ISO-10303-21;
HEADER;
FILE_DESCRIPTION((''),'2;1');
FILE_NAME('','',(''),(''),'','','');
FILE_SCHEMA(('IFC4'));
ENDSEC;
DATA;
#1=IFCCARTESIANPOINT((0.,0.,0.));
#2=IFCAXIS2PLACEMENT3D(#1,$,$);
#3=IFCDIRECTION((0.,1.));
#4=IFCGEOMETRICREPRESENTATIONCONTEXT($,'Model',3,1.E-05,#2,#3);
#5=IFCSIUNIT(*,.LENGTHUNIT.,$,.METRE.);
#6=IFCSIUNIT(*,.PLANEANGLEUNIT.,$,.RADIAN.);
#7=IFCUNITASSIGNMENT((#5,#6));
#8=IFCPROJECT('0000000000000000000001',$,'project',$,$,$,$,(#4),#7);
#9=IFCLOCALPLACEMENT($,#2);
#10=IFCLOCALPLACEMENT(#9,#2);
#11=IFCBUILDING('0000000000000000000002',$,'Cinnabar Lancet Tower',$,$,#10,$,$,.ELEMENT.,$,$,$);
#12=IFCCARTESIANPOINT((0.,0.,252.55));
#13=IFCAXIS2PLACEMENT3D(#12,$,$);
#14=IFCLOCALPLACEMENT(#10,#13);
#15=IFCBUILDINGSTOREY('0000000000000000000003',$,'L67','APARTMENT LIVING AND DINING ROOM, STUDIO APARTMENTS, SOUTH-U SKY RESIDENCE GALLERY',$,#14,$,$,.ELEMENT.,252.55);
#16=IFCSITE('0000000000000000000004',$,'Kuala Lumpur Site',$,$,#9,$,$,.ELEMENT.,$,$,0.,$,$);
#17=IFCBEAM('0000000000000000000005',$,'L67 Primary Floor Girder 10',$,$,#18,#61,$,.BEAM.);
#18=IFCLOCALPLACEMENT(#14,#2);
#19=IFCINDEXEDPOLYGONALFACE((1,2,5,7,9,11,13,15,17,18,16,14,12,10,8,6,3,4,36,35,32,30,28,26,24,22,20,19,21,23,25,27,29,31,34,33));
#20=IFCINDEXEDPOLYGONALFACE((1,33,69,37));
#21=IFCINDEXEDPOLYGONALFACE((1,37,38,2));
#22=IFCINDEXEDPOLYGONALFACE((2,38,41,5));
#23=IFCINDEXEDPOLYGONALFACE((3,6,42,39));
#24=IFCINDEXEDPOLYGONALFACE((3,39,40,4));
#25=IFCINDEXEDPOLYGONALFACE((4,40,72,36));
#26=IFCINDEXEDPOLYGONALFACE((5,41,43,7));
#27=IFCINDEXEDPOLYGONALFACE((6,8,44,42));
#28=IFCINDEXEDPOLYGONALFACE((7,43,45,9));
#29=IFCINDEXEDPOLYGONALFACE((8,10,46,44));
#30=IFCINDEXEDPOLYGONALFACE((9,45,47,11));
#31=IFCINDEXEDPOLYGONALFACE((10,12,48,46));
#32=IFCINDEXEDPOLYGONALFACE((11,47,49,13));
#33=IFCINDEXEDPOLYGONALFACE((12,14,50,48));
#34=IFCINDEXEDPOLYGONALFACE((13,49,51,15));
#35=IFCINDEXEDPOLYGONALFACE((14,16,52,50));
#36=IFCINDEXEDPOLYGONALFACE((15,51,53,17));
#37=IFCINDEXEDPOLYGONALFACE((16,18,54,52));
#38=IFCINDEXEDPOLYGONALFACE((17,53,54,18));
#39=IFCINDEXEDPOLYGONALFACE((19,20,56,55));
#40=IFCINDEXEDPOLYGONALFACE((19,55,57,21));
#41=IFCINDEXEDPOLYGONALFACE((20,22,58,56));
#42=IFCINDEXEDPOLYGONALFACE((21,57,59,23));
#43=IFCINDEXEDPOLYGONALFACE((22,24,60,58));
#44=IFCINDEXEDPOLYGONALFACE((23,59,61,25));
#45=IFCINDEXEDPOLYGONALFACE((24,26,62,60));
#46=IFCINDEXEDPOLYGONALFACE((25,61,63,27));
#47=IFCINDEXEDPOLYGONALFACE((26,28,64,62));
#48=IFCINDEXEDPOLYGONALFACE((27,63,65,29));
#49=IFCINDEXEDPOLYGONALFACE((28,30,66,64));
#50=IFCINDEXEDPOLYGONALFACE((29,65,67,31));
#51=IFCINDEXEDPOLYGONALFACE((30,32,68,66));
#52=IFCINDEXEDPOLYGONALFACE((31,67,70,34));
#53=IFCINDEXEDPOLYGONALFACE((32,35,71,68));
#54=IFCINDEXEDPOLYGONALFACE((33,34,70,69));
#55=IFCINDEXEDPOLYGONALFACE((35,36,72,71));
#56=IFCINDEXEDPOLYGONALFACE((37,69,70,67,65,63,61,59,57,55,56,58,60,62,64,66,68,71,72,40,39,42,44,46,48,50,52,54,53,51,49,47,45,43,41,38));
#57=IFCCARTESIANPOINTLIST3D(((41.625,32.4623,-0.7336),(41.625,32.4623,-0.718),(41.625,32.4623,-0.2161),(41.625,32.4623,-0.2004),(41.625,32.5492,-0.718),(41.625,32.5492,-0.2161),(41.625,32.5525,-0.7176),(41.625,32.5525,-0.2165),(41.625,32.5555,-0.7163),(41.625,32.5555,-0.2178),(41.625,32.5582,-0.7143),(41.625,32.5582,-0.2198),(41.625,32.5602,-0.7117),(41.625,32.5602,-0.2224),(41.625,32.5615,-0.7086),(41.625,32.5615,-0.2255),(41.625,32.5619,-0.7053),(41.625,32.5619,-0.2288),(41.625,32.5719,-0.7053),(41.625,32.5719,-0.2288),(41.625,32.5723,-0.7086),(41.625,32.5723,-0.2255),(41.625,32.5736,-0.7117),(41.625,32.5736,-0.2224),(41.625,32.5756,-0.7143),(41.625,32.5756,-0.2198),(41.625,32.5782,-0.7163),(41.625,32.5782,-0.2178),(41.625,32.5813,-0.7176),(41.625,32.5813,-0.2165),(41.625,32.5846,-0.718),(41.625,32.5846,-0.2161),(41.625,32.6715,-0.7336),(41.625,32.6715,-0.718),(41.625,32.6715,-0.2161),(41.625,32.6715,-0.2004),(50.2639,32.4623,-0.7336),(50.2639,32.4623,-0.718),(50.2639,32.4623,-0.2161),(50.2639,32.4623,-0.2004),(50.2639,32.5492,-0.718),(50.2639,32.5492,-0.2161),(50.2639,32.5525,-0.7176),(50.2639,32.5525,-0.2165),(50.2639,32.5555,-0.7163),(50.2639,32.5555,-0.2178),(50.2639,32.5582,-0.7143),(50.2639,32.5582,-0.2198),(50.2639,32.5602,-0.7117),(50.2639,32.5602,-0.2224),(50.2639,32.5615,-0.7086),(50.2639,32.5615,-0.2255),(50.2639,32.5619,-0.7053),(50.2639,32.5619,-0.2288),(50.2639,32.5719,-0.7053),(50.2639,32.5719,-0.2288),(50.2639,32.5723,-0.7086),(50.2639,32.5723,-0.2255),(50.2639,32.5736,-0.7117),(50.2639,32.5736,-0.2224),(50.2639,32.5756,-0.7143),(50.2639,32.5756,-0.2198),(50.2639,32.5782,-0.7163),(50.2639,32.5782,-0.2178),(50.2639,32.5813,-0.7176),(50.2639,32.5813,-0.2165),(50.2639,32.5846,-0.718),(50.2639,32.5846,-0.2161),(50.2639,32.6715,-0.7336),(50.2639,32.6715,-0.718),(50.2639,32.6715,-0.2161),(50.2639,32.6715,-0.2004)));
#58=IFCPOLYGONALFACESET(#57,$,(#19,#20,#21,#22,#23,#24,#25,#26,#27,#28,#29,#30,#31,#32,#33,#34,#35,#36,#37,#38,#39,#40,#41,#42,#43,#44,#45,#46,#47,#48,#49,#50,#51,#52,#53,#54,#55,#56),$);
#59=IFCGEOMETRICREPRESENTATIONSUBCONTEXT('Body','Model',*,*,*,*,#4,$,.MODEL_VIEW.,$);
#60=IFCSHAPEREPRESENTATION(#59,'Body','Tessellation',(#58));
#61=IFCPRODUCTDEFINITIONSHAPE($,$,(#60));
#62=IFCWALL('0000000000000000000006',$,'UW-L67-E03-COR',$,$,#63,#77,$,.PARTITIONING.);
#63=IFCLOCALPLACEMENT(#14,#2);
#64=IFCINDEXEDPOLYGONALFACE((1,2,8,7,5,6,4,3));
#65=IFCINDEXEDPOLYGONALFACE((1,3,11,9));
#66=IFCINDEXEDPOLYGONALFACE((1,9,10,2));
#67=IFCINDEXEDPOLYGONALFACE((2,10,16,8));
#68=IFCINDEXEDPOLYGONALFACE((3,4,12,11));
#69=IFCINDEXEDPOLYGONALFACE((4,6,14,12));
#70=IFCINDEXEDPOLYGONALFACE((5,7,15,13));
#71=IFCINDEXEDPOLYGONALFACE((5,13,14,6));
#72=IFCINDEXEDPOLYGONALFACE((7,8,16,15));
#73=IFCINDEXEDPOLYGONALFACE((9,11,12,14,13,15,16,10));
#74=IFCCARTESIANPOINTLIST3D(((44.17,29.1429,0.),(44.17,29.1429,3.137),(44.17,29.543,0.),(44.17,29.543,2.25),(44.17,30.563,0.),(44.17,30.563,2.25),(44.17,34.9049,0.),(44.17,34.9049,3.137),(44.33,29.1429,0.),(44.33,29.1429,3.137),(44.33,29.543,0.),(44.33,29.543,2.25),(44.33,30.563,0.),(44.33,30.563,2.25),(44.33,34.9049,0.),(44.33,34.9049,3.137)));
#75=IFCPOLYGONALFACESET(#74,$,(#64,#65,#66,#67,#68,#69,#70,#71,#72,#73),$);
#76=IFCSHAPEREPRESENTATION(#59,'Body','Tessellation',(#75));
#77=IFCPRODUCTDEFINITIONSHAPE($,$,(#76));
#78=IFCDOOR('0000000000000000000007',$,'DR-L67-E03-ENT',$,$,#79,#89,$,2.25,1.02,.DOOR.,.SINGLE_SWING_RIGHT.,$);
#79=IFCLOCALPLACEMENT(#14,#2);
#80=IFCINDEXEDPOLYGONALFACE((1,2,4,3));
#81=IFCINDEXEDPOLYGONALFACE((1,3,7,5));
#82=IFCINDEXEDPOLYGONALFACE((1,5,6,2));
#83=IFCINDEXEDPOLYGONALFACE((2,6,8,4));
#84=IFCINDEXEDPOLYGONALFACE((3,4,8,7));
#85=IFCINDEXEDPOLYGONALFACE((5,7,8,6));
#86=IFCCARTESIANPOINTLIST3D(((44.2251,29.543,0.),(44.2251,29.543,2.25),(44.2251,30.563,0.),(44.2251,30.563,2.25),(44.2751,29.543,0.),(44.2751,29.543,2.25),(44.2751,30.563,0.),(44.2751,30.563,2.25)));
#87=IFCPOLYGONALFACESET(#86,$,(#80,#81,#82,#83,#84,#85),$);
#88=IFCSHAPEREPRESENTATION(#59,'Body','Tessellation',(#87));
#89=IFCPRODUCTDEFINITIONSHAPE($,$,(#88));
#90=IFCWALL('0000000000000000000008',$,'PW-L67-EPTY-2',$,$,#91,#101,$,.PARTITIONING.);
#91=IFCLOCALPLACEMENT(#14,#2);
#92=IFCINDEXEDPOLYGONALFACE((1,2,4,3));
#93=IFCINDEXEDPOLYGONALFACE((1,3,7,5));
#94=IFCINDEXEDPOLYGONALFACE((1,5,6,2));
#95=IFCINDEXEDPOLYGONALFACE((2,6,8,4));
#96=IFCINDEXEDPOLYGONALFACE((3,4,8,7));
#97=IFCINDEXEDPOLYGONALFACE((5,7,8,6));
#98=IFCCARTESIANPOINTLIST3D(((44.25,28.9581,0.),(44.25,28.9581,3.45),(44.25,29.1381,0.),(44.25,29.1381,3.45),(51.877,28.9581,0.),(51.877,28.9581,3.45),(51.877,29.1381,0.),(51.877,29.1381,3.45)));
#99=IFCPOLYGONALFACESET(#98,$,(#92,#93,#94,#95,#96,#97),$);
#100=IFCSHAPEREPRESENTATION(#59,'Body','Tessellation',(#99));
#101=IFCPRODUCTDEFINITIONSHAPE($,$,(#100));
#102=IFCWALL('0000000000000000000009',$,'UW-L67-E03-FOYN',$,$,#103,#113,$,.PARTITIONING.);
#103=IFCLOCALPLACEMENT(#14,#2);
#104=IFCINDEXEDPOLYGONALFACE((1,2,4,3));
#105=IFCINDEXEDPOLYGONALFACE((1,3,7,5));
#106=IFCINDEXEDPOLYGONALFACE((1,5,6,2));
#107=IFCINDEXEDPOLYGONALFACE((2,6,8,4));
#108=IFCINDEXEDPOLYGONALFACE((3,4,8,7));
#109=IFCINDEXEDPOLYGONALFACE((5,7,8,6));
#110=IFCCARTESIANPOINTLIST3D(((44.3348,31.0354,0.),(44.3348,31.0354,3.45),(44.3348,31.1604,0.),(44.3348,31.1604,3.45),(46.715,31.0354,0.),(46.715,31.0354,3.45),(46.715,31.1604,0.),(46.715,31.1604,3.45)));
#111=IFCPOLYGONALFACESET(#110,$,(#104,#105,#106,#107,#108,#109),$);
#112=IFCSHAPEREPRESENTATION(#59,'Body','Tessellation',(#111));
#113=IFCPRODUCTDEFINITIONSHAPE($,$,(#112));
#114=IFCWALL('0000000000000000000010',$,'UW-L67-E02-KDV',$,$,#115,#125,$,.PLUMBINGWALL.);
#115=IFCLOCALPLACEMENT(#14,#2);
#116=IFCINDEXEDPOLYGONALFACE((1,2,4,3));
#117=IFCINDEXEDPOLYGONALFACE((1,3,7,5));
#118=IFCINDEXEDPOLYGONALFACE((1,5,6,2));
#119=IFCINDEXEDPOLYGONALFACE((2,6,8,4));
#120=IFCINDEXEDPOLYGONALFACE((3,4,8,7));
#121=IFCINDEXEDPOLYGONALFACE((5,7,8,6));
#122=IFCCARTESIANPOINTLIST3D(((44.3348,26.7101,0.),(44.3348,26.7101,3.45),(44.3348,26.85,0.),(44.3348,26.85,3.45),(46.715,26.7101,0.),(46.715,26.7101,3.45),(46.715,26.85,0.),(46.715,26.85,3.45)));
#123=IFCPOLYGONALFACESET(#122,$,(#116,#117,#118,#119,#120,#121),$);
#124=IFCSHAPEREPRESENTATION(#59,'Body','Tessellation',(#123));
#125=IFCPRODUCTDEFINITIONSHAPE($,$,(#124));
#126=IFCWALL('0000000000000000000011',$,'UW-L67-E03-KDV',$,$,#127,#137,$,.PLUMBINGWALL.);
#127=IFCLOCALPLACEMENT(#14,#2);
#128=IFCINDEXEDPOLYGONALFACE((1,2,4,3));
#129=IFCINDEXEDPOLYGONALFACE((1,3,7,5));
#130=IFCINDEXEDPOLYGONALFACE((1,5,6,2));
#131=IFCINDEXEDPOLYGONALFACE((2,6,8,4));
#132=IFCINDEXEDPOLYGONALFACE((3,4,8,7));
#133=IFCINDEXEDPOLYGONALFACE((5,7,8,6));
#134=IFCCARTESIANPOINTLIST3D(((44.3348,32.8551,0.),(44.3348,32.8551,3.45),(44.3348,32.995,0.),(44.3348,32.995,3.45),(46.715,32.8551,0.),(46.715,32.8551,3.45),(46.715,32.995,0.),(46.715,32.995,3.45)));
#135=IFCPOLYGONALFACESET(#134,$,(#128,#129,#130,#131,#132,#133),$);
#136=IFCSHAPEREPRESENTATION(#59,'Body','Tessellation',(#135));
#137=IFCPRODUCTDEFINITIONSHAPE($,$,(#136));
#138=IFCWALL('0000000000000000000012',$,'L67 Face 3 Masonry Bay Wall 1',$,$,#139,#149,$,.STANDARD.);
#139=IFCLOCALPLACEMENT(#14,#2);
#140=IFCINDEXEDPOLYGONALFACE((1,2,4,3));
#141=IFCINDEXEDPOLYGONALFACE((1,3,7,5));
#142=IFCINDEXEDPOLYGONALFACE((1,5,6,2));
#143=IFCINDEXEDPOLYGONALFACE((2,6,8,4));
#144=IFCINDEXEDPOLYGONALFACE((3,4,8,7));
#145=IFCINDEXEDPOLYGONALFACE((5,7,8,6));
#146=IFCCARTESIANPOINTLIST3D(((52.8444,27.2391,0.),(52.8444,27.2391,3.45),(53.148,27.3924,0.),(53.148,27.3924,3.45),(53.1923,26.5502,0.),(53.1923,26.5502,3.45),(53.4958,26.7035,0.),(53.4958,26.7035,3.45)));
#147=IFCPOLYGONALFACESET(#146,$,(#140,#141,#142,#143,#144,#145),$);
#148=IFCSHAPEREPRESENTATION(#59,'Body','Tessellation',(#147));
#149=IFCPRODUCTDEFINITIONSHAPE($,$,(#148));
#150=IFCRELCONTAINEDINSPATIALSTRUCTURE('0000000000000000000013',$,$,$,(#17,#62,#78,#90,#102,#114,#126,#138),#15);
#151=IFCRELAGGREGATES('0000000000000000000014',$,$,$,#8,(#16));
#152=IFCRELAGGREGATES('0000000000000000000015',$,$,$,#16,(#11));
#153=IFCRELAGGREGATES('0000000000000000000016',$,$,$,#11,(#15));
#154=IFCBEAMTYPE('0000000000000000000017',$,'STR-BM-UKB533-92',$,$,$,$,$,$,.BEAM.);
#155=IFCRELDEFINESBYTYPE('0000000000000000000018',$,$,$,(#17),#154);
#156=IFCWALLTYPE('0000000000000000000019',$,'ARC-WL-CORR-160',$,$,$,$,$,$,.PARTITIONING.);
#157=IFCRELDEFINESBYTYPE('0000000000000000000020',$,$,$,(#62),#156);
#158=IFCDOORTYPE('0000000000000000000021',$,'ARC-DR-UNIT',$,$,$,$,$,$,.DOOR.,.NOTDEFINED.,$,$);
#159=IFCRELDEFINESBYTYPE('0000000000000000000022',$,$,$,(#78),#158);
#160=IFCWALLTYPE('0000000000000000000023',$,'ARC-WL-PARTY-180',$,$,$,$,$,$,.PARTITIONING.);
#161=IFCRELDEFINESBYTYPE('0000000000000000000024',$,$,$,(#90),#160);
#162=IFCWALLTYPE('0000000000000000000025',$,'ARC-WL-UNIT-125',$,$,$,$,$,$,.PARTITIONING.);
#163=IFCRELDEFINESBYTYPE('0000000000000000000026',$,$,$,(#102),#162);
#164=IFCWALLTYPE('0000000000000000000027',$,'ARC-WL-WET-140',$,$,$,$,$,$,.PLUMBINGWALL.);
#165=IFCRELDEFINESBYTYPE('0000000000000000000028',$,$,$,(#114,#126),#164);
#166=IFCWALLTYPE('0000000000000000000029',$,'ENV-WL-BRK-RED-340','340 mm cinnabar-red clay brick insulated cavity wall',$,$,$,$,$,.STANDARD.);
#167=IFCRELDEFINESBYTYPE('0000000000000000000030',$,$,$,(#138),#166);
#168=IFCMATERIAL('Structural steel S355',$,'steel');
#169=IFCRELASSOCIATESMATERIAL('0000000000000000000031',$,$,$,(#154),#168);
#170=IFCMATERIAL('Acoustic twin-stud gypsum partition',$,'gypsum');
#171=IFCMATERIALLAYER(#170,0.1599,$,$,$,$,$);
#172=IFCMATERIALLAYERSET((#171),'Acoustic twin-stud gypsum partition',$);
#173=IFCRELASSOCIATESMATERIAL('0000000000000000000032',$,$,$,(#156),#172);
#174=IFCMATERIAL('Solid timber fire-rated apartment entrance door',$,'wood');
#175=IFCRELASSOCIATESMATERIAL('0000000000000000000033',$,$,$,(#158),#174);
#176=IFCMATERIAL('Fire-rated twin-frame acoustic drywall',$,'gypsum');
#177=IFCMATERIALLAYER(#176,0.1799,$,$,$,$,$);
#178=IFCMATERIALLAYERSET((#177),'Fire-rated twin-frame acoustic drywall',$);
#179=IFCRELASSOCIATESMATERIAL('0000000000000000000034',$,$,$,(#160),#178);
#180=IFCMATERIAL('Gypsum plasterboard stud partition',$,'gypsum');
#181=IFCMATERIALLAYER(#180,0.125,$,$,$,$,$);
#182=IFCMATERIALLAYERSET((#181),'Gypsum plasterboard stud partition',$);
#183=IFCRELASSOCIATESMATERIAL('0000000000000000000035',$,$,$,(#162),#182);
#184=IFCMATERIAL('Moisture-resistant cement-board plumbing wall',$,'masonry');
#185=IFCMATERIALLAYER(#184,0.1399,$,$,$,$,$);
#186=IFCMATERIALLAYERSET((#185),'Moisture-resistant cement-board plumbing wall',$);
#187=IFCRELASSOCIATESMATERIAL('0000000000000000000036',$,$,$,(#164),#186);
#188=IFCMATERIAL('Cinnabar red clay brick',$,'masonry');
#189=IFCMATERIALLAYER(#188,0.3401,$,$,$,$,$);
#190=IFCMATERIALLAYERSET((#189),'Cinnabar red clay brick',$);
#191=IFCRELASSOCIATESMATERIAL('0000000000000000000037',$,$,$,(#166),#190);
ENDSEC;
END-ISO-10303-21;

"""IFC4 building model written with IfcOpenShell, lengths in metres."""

from ifc_helpers import new_model, si_unit, direction, frame, frame_2d, origin, origin_2d, place, context, subcontext, project, spatial, rectangle, i_section, extrude, material, layer, layer_set, material_profile, profile_set, type_object, element, fill, save


model = new_model("IFC4")

# Units and contexts
model_context = context("Model", 3, precision=1e-05, world=origin(), true_north=direction((0.0, 1.0)))
body_context = subcontext(model_context, "Body", "Model", "MODEL_VIEW")
ifc_project = project(units=[si_unit("LENGTHUNIT", "METRE"), si_unit("PLANEANGLEUNIT", "RADIAN")], contexts=[model_context])

# Site, building, storey
site_placement = place(None, origin())
site = spatial("IfcSite", under=ifc_project, at=site_placement, Name="Kuala Lumpur Site", CompositionType="ELEMENT", RefElevation=0.0)
building_placement = place(site_placement, origin())
building = spatial("IfcBuilding", under=site, at=building_placement, Name="Cinnabar Lancet Tower", CompositionType="ELEMENT")
storey_placement = place(building_placement, frame((0.0, 0.0, 252.55)))
storey = spatial("IfcBuildingStorey", under=building, at=storey_placement, Name="L67", Description="APARTMENT LIVING AND DINING ROOM, STUDIO APARTMENTS, SOUTH-U SKY RESIDENCE GALLERY", CompositionType="ELEMENT", Elevation=252.55)

# Beam
ifc_material_1 = material(Name="Structural steel S355", Category="steel")
ifc_material_profile_1 = material_profile(ifc_material_1, i_section(OverallWidth=0.2092, OverallDepth=0.5332, WebThickness=0.01, FlangeThickness=0.0156, FilletRadius=0.0127, at=origin_2d()), Name="UKB 533x210x92")
ifc_profile_set_1 = profile_set([ifc_material_profile_1], Name="Structural steel S355")
beam_type_1 = type_object("IfcBeamType", Name="STR-BM-UKB533-92", PredefinedType="BEAM", material=ifc_profile_set_1)
beam_1_placement = place(storey_placement, frame((50.2639, 32.5669, -0.467), z_axis=(-1.0, 0.0, 0.0), x_axis=(0.0, -1.0, 0.0)))
element("IfcBeam", 1, at=beam_1_placement, inside=storey, type_object=beam_type_1, Name="L67 Primary Floor Girder 10", PredefinedType="BEAM", context=body_context, shape_type="SweptSolid", body=[
    extrude(i_section(OverallWidth=0.2092, OverallDepth=0.5332, WebThickness=0.01, FlangeThickness=0.0156, FilletRadius=0.0127, at=origin_2d()), origin(), (0.0, 0.0, 1.0), 8.6389),
])

# Wall, opening, door
ifc_material_2 = material(Name="Acoustic twin-stud gypsum partition", Category="gypsum")
ifc_layer_1 = layer(ifc_material_2, 0.1599)
ifc_layer_set_1 = layer_set([ifc_layer_1], Name="Acoustic twin-stud gypsum partition")
wall_type_1 = type_object("IfcWallType", Name="ARC-WL-CORR-160", PredefinedType="PARTITIONING", material=ifc_layer_set_1)
wall_1_placement = place(storey_placement, frame((44.25, 29.1431, 0.0), z_axis=(0.0, 0.0, 1.0), x_axis=(0.0, 1.0, 0.0)))
wall_1 = element("IfcWall", 2, at=wall_1_placement, inside=storey, type_object=wall_type_1, Name="UW-L67-E03-COR", PredefinedType="PARTITIONING", context=body_context, shape_type="SweptSolid", body=[
    extrude(rectangle(XDim=5.762, YDim=0.1599, at=frame_2d((2.8809, 0.0))), origin(), (0.0, 0.0, 1.0), 3.137),
])
opening_1_placement = place(wall_1_placement, frame((0.3999, 0.0, 0.0)))
opening_1 = element("IfcOpeningElement", 3, at=opening_1_placement, cuts=wall_1, PredefinedType="OPENING", context=body_context, shape_type="SweptSolid", body=[
    extrude(rectangle(XDim=1.02, YDim=2.25, at=frame_2d((0.51, 1.125))), frame((0.0, 0.0898, 0.0), z_axis=(0.0, -1.0, 0.0), x_axis=(1.0, 0.0, 0.0)), (0.0, 0.0, 1.0), 0.1799),
])
ifc_material_3 = material(Name="Solid timber fire-rated apartment entrance door", Category="wood")
door_type_1 = type_object("IfcDoorType", Name="ARC-DR-UNIT", OperationType="NOTDEFINED", PredefinedType="DOOR", material=ifc_material_3)
door_1_placement = place(opening_1_placement, origin())
door_1 = element("IfcDoor", 4, at=door_1_placement, inside=storey, type_object=door_type_1, Name="DR-L67-E03-ENT", OperationType="SINGLE_SWING_RIGHT", OverallHeight=2.25, OverallWidth=1.02, PredefinedType="DOOR", context=body_context, shape_type="SweptSolid", body=[
    extrude(rectangle(XDim=1.02, YDim=2.25, at=frame_2d((0.51, 1.125))), frame((0.0, 0.0249, 0.0), z_axis=(0.0, -1.0, 0.0), x_axis=(1.0, 0.0, 0.0)), (0.0, 0.0, 1.0), 0.05),
])
fill(opening_1, door_1)

# Walls
ifc_material_4 = material(Name="Fire-rated twin-frame acoustic drywall", Category="gypsum")
ifc_layer_2 = layer(ifc_material_4, 0.1799)
ifc_layer_set_2 = layer_set([ifc_layer_2], Name="Fire-rated twin-frame acoustic drywall")
wall_type_2 = type_object("IfcWallType", Name="ARC-WL-PARTY-180", PredefinedType="PARTITIONING", material=ifc_layer_set_2)
wall_2_placement = place(storey_placement, frame((44.25, 29.0481, 0.0), z_axis=(0.0, 0.0, 1.0), x_axis=(1.0, 0.0, 0.0)))
element("IfcWall", 5, at=wall_2_placement, inside=storey, type_object=wall_type_2, Name="PW-L67-EPTY-2", PredefinedType="PARTITIONING", context=body_context, shape_type="SweptSolid", body=[
    extrude(rectangle(XDim=7.627, YDim=0.1799, at=frame_2d((3.8135, 0.0))), origin(), (0.0, 0.0, 1.0), 3.45),
])
ifc_material_5 = material(Name="Gypsum plasterboard stud partition", Category="gypsum")
ifc_layer_3 = layer(ifc_material_5, 0.125)
ifc_layer_set_3 = layer_set([ifc_layer_3], Name="Gypsum plasterboard stud partition")
wall_type_3 = type_object("IfcWallType", Name="ARC-WL-UNIT-125", PredefinedType="PARTITIONING", material=ifc_layer_set_3)
wall_3_placement = place(storey_placement, frame((44.335, 31.0979, 0.0), z_axis=(0.0, 0.0, 1.0), x_axis=(1.0, 0.0, 0.0)))
element("IfcWall", 6, at=wall_3_placement, inside=storey, type_object=wall_type_3, Name="UW-L67-E03-FOYN", PredefinedType="PARTITIONING", context=body_context, shape_type="SweptSolid", body=[
    extrude(rectangle(XDim=2.3801, YDim=0.125, at=frame_2d((1.1899, 0.0))), origin(), (0.0, 0.0, 1.0), 3.45),
])
ifc_material_6 = material(Name="Moisture-resistant cement-board plumbing wall", Category="masonry")
ifc_layer_4 = layer(ifc_material_6, 0.1399)
ifc_layer_set_4 = layer_set([ifc_layer_4], Name="Moisture-resistant cement-board plumbing wall")
wall_type_4 = type_object("IfcWallType", Name="ARC-WL-WET-140", PredefinedType="PLUMBINGWALL", material=ifc_layer_set_4)
wall_4_placement = place(storey_placement, frame((44.335, 26.78, 0.0), z_axis=(0.0, 0.0, 1.0), x_axis=(1.0, 0.0, 0.0)))
element("IfcWall", 7, at=wall_4_placement, inside=storey, type_object=wall_type_4, Name="UW-L67-E02-KDV", PredefinedType="PLUMBINGWALL", context=body_context, shape_type="SweptSolid", body=[
    extrude(rectangle(XDim=2.3801, YDim=0.1399, at=frame_2d((1.1899, 0.0))), origin(), (0.0, 0.0, 1.0), 3.45),
])

# Walls
wall_5_placement = place(storey_placement, frame((44.335, 32.925, 0.0), z_axis=(0.0, 0.0, 1.0), x_axis=(1.0, 0.0, 0.0)))
element("IfcWall", 8, at=wall_5_placement, inside=storey, type_object=wall_type_4, Name="UW-L67-E03-KDV", PredefinedType="PLUMBINGWALL", context=body_context, shape_type="SweptSolid", body=[
    extrude(rectangle(XDim=2.3801, YDim=0.1399, at=frame_2d((1.1899, 0.0))), origin(), (0.0, 0.0, 1.0), 3.45),
])
ifc_material_7 = material(Name="Cinnabar red clay brick", Category="masonry")
ifc_layer_5 = layer(ifc_material_7, 0.3401)
ifc_layer_set_5 = layer_set([ifc_layer_5], Name="Cinnabar red clay brick")
wall_type_5 = type_object("IfcWallType", Name="ENV-WL-BRK-RED-340", Description="340 mm cinnabar-red clay brick insulated cavity wall", PredefinedType="STANDARD", material=ifc_layer_set_5)
wall_6_placement = place(storey_placement, frame((53.344, 26.627, 0.0), z_axis=(0.0, 0.0, 1.0), x_axis=(-0.450753, 0.892649, 0.0)))
element("IfcWall", 9, at=wall_6_placement, inside=storey, type_object=wall_type_5, Name="L67 Face 3 Masonry Bay Wall 1", PredefinedType="STANDARD", context=body_context, shape_type="SweptSolid", body=[
    extrude(rectangle(XDim=0.7717, YDim=0.3401, at=frame_2d((0.3857, 0.0))), origin(), (0.0, 0.0, 1.0), 3.45),
])

save(model, "model.ifc")
